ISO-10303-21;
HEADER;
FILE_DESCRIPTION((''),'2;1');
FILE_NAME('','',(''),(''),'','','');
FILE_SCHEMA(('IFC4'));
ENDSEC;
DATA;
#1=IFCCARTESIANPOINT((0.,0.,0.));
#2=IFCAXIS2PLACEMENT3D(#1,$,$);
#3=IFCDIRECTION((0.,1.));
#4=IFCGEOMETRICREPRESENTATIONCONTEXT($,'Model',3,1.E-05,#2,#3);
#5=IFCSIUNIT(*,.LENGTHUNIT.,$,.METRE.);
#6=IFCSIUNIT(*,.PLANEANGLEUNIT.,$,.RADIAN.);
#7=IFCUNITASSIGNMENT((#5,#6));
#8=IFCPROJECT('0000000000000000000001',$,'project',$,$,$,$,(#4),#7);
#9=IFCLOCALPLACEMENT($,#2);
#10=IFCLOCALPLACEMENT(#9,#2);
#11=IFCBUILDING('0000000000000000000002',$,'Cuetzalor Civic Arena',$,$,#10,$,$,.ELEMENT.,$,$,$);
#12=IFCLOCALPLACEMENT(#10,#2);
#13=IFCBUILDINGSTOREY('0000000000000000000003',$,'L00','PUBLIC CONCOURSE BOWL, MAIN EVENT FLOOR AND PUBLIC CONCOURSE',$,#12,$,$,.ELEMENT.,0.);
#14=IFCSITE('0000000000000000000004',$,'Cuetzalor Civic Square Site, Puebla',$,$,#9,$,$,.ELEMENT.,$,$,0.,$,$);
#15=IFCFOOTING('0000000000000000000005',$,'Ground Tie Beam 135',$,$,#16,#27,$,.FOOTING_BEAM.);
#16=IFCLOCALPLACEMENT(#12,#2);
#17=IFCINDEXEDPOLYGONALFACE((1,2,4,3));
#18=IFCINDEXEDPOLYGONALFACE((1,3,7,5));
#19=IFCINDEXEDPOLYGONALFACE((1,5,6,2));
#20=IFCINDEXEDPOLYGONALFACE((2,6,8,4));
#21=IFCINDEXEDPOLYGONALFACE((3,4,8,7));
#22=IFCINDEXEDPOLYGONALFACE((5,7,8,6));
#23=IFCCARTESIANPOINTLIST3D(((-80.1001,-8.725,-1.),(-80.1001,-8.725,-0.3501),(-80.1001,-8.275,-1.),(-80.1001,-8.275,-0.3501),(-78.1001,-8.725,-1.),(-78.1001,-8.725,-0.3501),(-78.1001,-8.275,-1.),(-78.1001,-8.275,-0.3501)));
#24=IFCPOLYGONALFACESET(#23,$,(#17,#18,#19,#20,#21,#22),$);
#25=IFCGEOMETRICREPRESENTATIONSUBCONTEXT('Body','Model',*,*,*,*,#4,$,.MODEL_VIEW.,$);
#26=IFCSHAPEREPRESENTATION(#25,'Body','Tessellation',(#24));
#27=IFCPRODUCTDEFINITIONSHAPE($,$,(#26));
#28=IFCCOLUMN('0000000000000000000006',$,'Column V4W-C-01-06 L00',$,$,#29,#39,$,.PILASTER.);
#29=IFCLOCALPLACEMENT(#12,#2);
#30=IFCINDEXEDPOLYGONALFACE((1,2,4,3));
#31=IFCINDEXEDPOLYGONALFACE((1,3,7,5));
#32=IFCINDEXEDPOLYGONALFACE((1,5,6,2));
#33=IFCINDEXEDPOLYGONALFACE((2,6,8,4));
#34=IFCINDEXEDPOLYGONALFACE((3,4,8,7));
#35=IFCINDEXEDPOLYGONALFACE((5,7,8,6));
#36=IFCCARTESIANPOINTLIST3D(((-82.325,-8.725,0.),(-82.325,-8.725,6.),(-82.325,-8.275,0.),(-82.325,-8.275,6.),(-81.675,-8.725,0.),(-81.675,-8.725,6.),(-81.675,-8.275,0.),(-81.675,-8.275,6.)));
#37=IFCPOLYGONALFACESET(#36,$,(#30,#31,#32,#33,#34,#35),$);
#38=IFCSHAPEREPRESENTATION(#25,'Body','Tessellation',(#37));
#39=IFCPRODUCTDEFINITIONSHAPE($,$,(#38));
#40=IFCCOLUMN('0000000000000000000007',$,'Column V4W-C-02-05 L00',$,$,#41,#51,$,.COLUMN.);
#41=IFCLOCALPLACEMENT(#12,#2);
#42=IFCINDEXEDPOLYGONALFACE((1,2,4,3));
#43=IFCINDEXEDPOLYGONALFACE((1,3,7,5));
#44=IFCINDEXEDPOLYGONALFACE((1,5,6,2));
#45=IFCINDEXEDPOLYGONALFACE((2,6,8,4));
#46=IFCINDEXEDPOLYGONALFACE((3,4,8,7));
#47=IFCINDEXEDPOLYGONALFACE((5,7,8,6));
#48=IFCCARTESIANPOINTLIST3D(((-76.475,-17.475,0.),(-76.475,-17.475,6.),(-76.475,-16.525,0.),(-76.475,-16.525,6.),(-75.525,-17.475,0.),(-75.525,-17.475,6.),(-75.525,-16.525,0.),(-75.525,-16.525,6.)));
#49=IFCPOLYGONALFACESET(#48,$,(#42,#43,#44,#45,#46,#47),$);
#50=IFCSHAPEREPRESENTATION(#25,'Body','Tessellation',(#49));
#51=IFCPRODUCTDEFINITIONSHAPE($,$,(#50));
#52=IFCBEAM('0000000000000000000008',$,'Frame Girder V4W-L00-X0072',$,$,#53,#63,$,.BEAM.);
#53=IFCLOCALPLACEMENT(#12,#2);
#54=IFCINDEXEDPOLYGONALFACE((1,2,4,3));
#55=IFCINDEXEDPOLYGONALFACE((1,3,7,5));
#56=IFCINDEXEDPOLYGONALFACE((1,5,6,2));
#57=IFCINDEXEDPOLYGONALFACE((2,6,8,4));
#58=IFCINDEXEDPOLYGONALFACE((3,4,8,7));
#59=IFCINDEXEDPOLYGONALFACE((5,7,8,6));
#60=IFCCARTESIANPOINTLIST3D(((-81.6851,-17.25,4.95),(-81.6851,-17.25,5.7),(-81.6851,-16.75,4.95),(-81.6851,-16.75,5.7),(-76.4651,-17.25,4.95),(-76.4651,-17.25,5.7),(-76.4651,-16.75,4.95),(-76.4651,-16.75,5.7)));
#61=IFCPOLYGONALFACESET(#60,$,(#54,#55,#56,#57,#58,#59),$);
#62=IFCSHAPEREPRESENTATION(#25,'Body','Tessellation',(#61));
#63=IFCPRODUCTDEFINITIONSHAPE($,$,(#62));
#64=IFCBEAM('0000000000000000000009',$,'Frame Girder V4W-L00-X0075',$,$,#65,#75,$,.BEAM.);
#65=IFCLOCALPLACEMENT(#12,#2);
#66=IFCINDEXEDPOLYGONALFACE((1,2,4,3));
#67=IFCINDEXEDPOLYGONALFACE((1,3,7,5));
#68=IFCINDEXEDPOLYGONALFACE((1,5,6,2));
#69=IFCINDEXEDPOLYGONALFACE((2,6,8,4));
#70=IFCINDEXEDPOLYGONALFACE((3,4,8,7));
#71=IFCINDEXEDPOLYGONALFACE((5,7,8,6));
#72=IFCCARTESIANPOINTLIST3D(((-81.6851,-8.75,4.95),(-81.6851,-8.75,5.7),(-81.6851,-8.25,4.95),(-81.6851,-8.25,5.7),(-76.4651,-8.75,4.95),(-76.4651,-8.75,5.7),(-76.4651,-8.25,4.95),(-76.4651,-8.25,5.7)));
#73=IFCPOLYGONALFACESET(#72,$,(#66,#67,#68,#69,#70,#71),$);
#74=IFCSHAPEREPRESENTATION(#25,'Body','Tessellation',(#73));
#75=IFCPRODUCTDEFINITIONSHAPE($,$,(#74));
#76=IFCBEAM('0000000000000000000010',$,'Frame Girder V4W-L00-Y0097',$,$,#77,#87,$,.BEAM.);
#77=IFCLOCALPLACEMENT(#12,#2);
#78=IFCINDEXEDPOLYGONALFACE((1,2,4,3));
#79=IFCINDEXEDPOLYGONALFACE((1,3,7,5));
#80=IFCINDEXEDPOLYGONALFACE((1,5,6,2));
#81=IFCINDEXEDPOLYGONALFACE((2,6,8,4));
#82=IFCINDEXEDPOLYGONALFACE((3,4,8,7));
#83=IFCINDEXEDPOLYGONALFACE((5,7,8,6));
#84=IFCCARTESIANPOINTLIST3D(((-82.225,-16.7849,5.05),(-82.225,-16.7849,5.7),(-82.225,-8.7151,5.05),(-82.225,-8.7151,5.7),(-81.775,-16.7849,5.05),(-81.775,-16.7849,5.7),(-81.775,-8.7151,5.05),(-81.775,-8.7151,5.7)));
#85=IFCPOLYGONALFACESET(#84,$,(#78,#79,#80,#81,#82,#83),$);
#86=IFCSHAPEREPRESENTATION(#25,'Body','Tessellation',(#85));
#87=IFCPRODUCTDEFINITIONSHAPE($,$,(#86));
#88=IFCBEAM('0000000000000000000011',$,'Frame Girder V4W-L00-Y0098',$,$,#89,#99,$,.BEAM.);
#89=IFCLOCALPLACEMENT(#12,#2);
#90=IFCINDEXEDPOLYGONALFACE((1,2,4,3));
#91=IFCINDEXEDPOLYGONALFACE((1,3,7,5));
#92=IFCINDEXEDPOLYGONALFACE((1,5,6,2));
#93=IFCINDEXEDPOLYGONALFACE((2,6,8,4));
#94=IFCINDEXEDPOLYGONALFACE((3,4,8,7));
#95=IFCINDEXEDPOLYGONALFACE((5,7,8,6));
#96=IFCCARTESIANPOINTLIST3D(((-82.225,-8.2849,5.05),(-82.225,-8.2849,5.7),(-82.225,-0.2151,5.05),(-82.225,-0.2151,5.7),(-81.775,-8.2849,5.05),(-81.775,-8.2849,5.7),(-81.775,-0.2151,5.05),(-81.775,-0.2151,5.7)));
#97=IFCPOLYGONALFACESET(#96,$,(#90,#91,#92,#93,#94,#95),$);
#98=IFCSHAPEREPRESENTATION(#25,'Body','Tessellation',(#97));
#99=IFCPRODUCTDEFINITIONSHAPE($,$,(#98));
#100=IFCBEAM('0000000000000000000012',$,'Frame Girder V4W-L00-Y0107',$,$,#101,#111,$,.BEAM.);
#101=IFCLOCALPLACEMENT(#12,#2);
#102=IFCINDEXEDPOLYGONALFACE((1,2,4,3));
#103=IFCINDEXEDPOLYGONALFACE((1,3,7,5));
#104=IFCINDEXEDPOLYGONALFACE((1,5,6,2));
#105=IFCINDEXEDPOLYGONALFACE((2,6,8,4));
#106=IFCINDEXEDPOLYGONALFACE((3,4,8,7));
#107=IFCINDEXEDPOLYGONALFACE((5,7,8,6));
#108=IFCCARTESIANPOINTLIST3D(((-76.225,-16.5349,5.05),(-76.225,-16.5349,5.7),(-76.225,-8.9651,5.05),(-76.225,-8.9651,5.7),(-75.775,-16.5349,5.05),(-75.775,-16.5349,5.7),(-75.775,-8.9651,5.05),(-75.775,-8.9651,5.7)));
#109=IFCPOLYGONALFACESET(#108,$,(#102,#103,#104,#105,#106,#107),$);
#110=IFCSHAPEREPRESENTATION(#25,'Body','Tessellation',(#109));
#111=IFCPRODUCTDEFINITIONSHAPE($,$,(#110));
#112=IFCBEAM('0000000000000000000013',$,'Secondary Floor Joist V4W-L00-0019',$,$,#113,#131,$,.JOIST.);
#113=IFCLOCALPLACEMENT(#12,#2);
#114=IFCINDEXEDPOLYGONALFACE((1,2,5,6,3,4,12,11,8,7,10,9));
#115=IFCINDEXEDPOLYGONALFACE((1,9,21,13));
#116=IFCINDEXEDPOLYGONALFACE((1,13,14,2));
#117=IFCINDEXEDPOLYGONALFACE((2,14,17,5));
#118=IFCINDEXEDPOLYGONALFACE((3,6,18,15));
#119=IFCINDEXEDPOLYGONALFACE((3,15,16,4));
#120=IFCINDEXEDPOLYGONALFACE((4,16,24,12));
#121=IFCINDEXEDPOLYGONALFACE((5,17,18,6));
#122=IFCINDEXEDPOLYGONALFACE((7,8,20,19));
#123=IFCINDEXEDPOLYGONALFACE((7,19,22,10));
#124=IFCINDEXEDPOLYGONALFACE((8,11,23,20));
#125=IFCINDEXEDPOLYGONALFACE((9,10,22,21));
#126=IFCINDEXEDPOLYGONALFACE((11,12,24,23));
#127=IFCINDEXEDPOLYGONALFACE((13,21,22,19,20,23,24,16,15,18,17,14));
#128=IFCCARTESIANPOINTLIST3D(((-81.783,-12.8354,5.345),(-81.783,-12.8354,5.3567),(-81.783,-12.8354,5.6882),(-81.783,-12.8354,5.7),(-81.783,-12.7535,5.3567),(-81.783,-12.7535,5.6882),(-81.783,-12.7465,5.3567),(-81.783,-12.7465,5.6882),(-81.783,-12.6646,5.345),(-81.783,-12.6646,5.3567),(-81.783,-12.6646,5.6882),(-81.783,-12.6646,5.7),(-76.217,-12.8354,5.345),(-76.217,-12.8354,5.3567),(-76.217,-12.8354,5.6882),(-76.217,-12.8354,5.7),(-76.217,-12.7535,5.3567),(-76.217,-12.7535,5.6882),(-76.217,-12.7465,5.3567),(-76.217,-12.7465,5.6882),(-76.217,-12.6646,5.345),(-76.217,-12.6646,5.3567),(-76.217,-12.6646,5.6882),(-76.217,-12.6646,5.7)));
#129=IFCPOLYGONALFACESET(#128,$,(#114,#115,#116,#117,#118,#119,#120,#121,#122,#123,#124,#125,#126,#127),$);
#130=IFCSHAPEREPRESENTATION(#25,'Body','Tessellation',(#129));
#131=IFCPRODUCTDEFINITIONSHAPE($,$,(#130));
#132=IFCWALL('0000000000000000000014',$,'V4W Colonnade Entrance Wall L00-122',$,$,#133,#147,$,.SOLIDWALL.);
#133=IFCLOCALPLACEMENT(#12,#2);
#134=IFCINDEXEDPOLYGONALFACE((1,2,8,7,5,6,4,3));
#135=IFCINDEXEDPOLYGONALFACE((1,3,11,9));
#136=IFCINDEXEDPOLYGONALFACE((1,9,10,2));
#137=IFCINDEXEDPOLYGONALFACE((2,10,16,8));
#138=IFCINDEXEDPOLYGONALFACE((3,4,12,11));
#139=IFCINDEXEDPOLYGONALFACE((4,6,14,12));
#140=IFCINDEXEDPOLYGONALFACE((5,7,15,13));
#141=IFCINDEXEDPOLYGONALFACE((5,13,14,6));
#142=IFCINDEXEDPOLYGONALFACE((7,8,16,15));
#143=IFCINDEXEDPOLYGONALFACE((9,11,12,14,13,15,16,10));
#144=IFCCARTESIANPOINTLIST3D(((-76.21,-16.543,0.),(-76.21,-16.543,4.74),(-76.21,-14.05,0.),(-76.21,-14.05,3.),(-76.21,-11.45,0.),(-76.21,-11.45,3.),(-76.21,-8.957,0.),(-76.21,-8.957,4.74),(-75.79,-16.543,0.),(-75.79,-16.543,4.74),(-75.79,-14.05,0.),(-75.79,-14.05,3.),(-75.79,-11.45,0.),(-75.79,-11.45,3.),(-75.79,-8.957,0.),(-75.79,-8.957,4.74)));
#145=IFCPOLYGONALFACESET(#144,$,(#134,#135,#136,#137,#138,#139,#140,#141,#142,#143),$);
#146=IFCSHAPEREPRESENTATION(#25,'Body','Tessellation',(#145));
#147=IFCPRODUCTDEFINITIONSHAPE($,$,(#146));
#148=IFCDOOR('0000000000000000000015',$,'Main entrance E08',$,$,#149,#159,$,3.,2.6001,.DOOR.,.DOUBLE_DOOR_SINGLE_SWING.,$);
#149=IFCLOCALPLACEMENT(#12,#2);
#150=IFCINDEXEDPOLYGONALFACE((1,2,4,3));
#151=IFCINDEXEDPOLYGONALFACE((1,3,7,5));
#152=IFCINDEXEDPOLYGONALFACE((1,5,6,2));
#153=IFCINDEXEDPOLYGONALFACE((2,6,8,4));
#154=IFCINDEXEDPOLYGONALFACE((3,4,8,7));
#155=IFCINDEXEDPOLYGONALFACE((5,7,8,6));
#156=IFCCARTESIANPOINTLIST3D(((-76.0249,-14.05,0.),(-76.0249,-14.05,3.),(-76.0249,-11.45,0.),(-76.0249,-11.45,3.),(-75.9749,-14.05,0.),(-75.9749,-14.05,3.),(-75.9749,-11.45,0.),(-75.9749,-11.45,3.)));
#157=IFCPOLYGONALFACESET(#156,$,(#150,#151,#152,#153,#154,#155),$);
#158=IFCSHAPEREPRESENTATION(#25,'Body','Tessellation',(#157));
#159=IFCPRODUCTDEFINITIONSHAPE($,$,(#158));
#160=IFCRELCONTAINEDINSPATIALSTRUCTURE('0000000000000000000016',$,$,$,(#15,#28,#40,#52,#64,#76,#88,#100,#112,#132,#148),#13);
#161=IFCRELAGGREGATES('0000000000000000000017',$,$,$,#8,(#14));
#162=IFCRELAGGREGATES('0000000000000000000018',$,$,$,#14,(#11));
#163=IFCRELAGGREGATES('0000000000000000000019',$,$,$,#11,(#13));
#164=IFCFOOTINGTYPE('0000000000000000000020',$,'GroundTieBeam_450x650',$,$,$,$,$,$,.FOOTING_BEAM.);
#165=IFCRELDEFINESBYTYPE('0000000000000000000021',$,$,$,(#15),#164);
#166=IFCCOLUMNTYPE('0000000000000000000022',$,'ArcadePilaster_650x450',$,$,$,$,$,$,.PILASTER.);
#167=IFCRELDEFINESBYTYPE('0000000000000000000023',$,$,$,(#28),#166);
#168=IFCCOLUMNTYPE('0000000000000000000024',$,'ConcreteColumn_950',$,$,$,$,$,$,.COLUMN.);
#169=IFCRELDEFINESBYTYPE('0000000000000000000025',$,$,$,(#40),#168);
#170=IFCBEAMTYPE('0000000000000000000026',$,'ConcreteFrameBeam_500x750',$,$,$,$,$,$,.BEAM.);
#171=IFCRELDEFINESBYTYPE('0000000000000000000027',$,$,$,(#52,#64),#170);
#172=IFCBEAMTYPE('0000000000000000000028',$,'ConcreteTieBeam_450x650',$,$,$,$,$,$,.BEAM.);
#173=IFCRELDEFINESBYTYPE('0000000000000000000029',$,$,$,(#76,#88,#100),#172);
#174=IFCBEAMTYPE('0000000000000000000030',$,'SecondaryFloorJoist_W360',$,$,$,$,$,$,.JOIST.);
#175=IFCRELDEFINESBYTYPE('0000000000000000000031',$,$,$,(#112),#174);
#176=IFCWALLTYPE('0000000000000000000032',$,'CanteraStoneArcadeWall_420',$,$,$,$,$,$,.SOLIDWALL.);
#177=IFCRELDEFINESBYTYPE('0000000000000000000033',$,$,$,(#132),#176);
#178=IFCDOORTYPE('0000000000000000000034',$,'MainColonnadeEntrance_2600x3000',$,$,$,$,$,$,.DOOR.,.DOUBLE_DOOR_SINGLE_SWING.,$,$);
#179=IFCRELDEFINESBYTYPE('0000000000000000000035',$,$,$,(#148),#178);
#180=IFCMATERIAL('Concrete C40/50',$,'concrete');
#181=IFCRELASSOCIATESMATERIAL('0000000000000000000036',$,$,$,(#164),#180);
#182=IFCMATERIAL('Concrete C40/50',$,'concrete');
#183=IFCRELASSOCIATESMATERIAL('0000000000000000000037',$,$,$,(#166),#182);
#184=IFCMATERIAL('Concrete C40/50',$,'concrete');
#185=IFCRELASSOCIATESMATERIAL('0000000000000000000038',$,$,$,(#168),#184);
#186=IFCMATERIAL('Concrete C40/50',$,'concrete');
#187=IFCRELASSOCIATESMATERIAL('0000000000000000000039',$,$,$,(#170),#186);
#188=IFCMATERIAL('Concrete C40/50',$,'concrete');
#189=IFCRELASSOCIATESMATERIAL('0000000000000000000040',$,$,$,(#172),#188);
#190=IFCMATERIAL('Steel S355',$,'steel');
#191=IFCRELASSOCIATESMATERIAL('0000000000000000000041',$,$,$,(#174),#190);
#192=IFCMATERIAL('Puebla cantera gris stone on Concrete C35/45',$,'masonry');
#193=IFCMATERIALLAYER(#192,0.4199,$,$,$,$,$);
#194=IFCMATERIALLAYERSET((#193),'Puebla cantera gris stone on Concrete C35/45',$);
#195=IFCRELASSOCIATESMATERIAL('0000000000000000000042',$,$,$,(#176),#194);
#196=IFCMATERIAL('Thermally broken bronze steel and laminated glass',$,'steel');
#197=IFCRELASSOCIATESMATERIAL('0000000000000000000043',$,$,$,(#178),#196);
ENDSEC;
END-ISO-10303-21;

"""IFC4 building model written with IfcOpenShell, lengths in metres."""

from ifc_helpers import new_model, si_unit, direction, frame, frame_2d, origin, origin_2d, place, context, subcontext, project, spatial, rectangle, i_section, extrude, material, layer, layer_set, material_profile, profile_set, type_object, element, fill, save


model = new_model("IFC4")

# Units and contexts
model_context = context("Model", 3, precision=1e-05, world=origin(), true_north=direction((0.0, 1.0)))
body_context = subcontext(model_context, "Body", "Model", "MODEL_VIEW")
ifc_project = project(units=[si_unit("LENGTHUNIT", "METRE"), si_unit("PLANEANGLEUNIT", "RADIAN")], contexts=[model_context])

# Site, building, storey
site_placement = place(None, origin())
site = spatial("IfcSite", under=ifc_project, at=site_placement, Name="Cuetzalor Civic Square Site, Puebla", CompositionType="ELEMENT", RefElevation=0.0)
building_placement = place(site_placement, origin())
building = spatial("IfcBuilding", under=site, at=building_placement, Name="Cuetzalor Civic Arena", CompositionType="ELEMENT")
storey_placement = place(building_placement, origin())
storey = spatial("IfcBuildingStorey", under=building, at=storey_placement, Name="L00", Description="PUBLIC CONCOURSE BOWL, MAIN EVENT FLOOR AND PUBLIC CONCOURSE", CompositionType="ELEMENT", Elevation=0.0)

# Footing
ifc_material_1 = material(Name="Concrete C40/50", Category="concrete")
ifc_material_profile_1 = material_profile(ifc_material_1, rectangle(XDim=0.45, YDim=0.6499, at=origin_2d()), Name="RC 450x650")
ifc_profile_set_1 = profile_set([ifc_material_profile_1], Name="Concrete C40/50")
footing_type_1 = type_object("IfcFootingType", Name="GroundTieBeam_450x650", PredefinedType="FOOTING_BEAM", material=ifc_profile_set_1)
footing_1_placement = place(storey_placement, frame((-80.1001, -8.5, -0.675), z_axis=(1.0, 0.0, 0.0), x_axis=(0.0, 1.0, 0.0)))
element("IfcFooting", 1, at=footing_1_placement, inside=storey, type_object=footing_type_1, Name="Ground Tie Beam 135", PredefinedType="FOOTING_BEAM", context=body_context, shape_type="SweptSolid", body=[
    extrude(rectangle(XDim=0.45, YDim=0.6499, at=origin_2d()), origin(), (0.0, 0.0, 1.0), 2.0),
])

# Columns
ifc_material_2 = material(Name="Concrete C40/50", Category="concrete")
ifc_material_profile_2 = material_profile(ifc_material_2, rectangle(XDim=0.6499, YDim=0.45, at=origin_2d()), Name="RC 650x450")
ifc_profile_set_2 = profile_set([ifc_material_profile_2], Name="Concrete C40/50")
column_type_1 = type_object("IfcColumnType", Name="ArcadePilaster_650x450", PredefinedType="PILASTER", material=ifc_profile_set_2)
column_1_placement = place(storey_placement, frame((-82.0, -8.5, 0.0), z_axis=(0.0, 0.0, 1.0), x_axis=(1.0, 0.0, 0.0)))
element("IfcColumn", 2, at=column_1_placement, inside=storey, type_object=column_type_1, Name="Column V4W-C-01-06 L00", PredefinedType="PILASTER", context=body_context, shape_type="SweptSolid", body=[
    extrude(rectangle(XDim=0.6499, YDim=0.45, at=origin_2d()), origin(), (0.0, 0.0, 1.0), 6.0),
])
ifc_material_3 = material(Name="Concrete C40/50", Category="concrete")
ifc_material_profile_3 = material_profile(ifc_material_3, rectangle(XDim=0.95, YDim=0.95, at=origin_2d()), Name="RC 950x950")
ifc_profile_set_3 = profile_set([ifc_material_profile_3], Name="Concrete C40/50")
column_type_2 = type_object("IfcColumnType", Name="ConcreteColumn_950", PredefinedType="COLUMN", material=ifc_profile_set_3)
column_2_placement = place(storey_placement, frame((-76.0, -17.0, 0.0), z_axis=(0.0, 0.0, 1.0), x_axis=(1.0, 0.0, 0.0)))
element("IfcColumn", 3, at=column_2_placement, inside=storey, type_object=column_type_2, Name="Column V4W-C-02-05 L00", PredefinedType="COLUMN", context=body_context, shape_type="SweptSolid", body=[
    extrude(rectangle(XDim=0.95, YDim=0.95, at=origin_2d()), origin(), (0.0, 0.0, 1.0), 6.0),
])

# Beams
ifc_material_4 = material(Name="Concrete C40/50", Category="concrete")
ifc_material_profile_4 = material_profile(ifc_material_4, rectangle(XDim=0.5, YDim=0.75, at=origin_2d()), Name="RC 500x750")
ifc_profile_set_4 = profile_set([ifc_material_profile_4], Name="Concrete C40/50")
beam_type_1 = type_object("IfcBeamType", Name="ConcreteFrameBeam_500x750", PredefinedType="BEAM", material=ifc_profile_set_4)
for number, where, z_axis, x_axis, name in (
    (4, (-81.6851, -17.0, 5.325), (1.0, 0.0, 0.0), (0.0, 1.0, 0.0), "Frame Girder V4W-L00-X0072"),
    (5, (-81.6851, -8.5, 5.325), (1.0, 0.0, 0.0), (0.0, 1.0, 0.0), "Frame Girder V4W-L00-X0075"),
):
    element("IfcBeam", number, at=place(storey_placement, frame(where, z_axis=z_axis, x_axis=x_axis)), inside=storey, type_object=beam_type_1, Name=name, PredefinedType="BEAM", context=body_context, shape_type="SweptSolid", body=[
        extrude(rectangle(XDim=0.5, YDim=0.75, at=origin_2d()), origin(), (0.0, 0.0, 1.0), 5.22),
    ])
ifc_material_5 = material(Name="Concrete C40/50", Category="concrete")
ifc_material_profile_5 = material_profile(ifc_material_5, rectangle(XDim=0.45, YDim=0.6499, at=origin_2d()), Name="RC 450x650")
ifc_profile_set_5 = profile_set([ifc_material_profile_5], Name="Concrete C40/50")
beam_type_2 = type_object("IfcBeamType", Name="ConcreteTieBeam_450x650", PredefinedType="BEAM", material=ifc_profile_set_5)
for number, where, z_axis, x_axis, name in (
    (6, (-82.0, -16.7849, 5.375), (0.0, 1.0, 0.0), (-1.0, 0.0, 0.0), "Frame Girder V4W-L00-Y0097"),
    (7, (-82.0, -8.2849, 5.375), (0.0, 1.0, 0.0), (-1.0, 0.0, 0.0), "Frame Girder V4W-L00-Y0098"),
):
    element("IfcBeam", number, at=place(storey_placement, frame(where, z_axis=z_axis, x_axis=x_axis)), inside=storey, type_object=beam_type_2, Name=name, PredefinedType="BEAM", context=body_context, shape_type="SweptSolid", body=[
        extrude(rectangle(XDim=0.45, YDim=0.6499, at=origin_2d()), origin(), (0.0, 0.0, 1.0), 8.0698),
    ])
beam_1_placement = place(storey_placement, frame((-76.0, -16.5349, 5.375), z_axis=(0.0, 1.0, 0.0), x_axis=(-1.0, 0.0, 0.0)))
element("IfcBeam", 8, at=beam_1_placement, inside=storey, type_object=beam_type_2, Name="Frame Girder V4W-L00-Y0107", PredefinedType="BEAM", context=body_context, shape_type="SweptSolid", body=[
    extrude(rectangle(XDim=0.45, YDim=0.6499, at=origin_2d()), origin(), (0.0, 0.0, 1.0), 7.5698),
])
ifc_material_6 = material(Name="Steel S355", Category="steel")
ifc_material_profile_6 = material_profile(ifc_material_6, i_section(OverallWidth=0.1709, OverallDepth=0.355, WebThickness=0.0071, FlangeThickness=0.0117, at=origin_2d()), Name="W360x51")
ifc_profile_set_6 = profile_set([ifc_material_profile_6], Name="Steel S355")
beam_type_3 = type_object("IfcBeamType", Name="SecondaryFloorJoist_W360", PredefinedType="JOIST", material=ifc_profile_set_6)
beam_2_placement = place(storey_placement, frame((-81.783, -12.75, 5.5225), z_axis=(1.0, 0.0, 0.0), x_axis=(0.0, 1.0, 0.0)))
element("IfcBeam", 9, at=beam_2_placement, inside=storey, type_object=beam_type_3, Name="Secondary Floor Joist V4W-L00-0019", PredefinedType="JOIST", context=body_context, shape_type="SweptSolid", body=[
    extrude(i_section(OverallWidth=0.1709, OverallDepth=0.355, WebThickness=0.0071, FlangeThickness=0.0117, at=origin_2d()), origin(), (0.0, 0.0, 1.0), 5.5659),
])

# Wall, opening, door
ifc_material_7 = material(Name="Puebla cantera gris stone on Concrete C35/45", Category="masonry")
ifc_layer = layer(ifc_material_7, 0.4199)
ifc_layer_set = layer_set([ifc_layer], Name="Puebla cantera gris stone on Concrete C35/45")
wall_type = type_object("IfcWallType", Name="CanteraStoneArcadeWall_420", PredefinedType="SOLIDWALL", material=ifc_layer_set)
wall_placement = place(storey_placement, frame((-76.0, -16.543, 0.0), z_axis=(0.0, 0.0, 1.0), x_axis=(0.0, 1.0, 0.0)))
wall = element("IfcWall", 10, at=wall_placement, inside=storey, type_object=wall_type, Name="V4W Colonnade Entrance Wall L00-122", PredefinedType="SOLIDWALL", context=body_context, shape_type="SweptSolid", body=[
    extrude(rectangle(XDim=7.5859, YDim=0.4199, at=frame_2d((3.793, 0.0))), origin(), (0.0, 0.0, 1.0), 4.74),
])
opening_placement = place(wall_placement, frame((2.4929, 0.0, 0.0)))
opening = element("IfcOpeningElement", 11, at=opening_placement, cuts=wall, PredefinedType="OPENING", context=body_context, shape_type="SweptSolid", body=[
    extrude(rectangle(XDim=2.6001, YDim=3.0, at=frame_2d((1.3, 1.5))), frame((0.0, 0.22, 0.0), z_axis=(0.0, -1.0, 0.0), x_axis=(1.0, 0.0, 0.0)), (0.0, 0.0, 1.0), 0.4399),
])
ifc_material_8 = material(Name="Thermally broken bronze steel and laminated glass", Category="steel")
door_type = type_object("IfcDoorType", Name="MainColonnadeEntrance_2600x3000", OperationType="DOUBLE_DOOR_SINGLE_SWING", PredefinedType="DOOR", material=ifc_material_8)
door_placement = place(opening_placement, origin())
door = element("IfcDoor", 12, at=door_placement, inside=storey, type_object=door_type, Name="Main entrance E08", OperationType="DOUBLE_DOOR_SINGLE_SWING", OverallHeight=3.0, OverallWidth=2.6001, PredefinedType="DOOR", context=body_context, shape_type="SweptSolid", body=[
    extrude(rectangle(XDim=2.6001, YDim=3.0, at=frame_2d((1.3, 1.5))), frame((0.0, 0.0249, 0.0), z_axis=(0.0, -1.0, 0.0), x_axis=(1.0, 0.0, 0.0)), (0.0, 0.0, 1.0), 0.05),
])
fill(opening, door)

save(model, "model.ifc")
